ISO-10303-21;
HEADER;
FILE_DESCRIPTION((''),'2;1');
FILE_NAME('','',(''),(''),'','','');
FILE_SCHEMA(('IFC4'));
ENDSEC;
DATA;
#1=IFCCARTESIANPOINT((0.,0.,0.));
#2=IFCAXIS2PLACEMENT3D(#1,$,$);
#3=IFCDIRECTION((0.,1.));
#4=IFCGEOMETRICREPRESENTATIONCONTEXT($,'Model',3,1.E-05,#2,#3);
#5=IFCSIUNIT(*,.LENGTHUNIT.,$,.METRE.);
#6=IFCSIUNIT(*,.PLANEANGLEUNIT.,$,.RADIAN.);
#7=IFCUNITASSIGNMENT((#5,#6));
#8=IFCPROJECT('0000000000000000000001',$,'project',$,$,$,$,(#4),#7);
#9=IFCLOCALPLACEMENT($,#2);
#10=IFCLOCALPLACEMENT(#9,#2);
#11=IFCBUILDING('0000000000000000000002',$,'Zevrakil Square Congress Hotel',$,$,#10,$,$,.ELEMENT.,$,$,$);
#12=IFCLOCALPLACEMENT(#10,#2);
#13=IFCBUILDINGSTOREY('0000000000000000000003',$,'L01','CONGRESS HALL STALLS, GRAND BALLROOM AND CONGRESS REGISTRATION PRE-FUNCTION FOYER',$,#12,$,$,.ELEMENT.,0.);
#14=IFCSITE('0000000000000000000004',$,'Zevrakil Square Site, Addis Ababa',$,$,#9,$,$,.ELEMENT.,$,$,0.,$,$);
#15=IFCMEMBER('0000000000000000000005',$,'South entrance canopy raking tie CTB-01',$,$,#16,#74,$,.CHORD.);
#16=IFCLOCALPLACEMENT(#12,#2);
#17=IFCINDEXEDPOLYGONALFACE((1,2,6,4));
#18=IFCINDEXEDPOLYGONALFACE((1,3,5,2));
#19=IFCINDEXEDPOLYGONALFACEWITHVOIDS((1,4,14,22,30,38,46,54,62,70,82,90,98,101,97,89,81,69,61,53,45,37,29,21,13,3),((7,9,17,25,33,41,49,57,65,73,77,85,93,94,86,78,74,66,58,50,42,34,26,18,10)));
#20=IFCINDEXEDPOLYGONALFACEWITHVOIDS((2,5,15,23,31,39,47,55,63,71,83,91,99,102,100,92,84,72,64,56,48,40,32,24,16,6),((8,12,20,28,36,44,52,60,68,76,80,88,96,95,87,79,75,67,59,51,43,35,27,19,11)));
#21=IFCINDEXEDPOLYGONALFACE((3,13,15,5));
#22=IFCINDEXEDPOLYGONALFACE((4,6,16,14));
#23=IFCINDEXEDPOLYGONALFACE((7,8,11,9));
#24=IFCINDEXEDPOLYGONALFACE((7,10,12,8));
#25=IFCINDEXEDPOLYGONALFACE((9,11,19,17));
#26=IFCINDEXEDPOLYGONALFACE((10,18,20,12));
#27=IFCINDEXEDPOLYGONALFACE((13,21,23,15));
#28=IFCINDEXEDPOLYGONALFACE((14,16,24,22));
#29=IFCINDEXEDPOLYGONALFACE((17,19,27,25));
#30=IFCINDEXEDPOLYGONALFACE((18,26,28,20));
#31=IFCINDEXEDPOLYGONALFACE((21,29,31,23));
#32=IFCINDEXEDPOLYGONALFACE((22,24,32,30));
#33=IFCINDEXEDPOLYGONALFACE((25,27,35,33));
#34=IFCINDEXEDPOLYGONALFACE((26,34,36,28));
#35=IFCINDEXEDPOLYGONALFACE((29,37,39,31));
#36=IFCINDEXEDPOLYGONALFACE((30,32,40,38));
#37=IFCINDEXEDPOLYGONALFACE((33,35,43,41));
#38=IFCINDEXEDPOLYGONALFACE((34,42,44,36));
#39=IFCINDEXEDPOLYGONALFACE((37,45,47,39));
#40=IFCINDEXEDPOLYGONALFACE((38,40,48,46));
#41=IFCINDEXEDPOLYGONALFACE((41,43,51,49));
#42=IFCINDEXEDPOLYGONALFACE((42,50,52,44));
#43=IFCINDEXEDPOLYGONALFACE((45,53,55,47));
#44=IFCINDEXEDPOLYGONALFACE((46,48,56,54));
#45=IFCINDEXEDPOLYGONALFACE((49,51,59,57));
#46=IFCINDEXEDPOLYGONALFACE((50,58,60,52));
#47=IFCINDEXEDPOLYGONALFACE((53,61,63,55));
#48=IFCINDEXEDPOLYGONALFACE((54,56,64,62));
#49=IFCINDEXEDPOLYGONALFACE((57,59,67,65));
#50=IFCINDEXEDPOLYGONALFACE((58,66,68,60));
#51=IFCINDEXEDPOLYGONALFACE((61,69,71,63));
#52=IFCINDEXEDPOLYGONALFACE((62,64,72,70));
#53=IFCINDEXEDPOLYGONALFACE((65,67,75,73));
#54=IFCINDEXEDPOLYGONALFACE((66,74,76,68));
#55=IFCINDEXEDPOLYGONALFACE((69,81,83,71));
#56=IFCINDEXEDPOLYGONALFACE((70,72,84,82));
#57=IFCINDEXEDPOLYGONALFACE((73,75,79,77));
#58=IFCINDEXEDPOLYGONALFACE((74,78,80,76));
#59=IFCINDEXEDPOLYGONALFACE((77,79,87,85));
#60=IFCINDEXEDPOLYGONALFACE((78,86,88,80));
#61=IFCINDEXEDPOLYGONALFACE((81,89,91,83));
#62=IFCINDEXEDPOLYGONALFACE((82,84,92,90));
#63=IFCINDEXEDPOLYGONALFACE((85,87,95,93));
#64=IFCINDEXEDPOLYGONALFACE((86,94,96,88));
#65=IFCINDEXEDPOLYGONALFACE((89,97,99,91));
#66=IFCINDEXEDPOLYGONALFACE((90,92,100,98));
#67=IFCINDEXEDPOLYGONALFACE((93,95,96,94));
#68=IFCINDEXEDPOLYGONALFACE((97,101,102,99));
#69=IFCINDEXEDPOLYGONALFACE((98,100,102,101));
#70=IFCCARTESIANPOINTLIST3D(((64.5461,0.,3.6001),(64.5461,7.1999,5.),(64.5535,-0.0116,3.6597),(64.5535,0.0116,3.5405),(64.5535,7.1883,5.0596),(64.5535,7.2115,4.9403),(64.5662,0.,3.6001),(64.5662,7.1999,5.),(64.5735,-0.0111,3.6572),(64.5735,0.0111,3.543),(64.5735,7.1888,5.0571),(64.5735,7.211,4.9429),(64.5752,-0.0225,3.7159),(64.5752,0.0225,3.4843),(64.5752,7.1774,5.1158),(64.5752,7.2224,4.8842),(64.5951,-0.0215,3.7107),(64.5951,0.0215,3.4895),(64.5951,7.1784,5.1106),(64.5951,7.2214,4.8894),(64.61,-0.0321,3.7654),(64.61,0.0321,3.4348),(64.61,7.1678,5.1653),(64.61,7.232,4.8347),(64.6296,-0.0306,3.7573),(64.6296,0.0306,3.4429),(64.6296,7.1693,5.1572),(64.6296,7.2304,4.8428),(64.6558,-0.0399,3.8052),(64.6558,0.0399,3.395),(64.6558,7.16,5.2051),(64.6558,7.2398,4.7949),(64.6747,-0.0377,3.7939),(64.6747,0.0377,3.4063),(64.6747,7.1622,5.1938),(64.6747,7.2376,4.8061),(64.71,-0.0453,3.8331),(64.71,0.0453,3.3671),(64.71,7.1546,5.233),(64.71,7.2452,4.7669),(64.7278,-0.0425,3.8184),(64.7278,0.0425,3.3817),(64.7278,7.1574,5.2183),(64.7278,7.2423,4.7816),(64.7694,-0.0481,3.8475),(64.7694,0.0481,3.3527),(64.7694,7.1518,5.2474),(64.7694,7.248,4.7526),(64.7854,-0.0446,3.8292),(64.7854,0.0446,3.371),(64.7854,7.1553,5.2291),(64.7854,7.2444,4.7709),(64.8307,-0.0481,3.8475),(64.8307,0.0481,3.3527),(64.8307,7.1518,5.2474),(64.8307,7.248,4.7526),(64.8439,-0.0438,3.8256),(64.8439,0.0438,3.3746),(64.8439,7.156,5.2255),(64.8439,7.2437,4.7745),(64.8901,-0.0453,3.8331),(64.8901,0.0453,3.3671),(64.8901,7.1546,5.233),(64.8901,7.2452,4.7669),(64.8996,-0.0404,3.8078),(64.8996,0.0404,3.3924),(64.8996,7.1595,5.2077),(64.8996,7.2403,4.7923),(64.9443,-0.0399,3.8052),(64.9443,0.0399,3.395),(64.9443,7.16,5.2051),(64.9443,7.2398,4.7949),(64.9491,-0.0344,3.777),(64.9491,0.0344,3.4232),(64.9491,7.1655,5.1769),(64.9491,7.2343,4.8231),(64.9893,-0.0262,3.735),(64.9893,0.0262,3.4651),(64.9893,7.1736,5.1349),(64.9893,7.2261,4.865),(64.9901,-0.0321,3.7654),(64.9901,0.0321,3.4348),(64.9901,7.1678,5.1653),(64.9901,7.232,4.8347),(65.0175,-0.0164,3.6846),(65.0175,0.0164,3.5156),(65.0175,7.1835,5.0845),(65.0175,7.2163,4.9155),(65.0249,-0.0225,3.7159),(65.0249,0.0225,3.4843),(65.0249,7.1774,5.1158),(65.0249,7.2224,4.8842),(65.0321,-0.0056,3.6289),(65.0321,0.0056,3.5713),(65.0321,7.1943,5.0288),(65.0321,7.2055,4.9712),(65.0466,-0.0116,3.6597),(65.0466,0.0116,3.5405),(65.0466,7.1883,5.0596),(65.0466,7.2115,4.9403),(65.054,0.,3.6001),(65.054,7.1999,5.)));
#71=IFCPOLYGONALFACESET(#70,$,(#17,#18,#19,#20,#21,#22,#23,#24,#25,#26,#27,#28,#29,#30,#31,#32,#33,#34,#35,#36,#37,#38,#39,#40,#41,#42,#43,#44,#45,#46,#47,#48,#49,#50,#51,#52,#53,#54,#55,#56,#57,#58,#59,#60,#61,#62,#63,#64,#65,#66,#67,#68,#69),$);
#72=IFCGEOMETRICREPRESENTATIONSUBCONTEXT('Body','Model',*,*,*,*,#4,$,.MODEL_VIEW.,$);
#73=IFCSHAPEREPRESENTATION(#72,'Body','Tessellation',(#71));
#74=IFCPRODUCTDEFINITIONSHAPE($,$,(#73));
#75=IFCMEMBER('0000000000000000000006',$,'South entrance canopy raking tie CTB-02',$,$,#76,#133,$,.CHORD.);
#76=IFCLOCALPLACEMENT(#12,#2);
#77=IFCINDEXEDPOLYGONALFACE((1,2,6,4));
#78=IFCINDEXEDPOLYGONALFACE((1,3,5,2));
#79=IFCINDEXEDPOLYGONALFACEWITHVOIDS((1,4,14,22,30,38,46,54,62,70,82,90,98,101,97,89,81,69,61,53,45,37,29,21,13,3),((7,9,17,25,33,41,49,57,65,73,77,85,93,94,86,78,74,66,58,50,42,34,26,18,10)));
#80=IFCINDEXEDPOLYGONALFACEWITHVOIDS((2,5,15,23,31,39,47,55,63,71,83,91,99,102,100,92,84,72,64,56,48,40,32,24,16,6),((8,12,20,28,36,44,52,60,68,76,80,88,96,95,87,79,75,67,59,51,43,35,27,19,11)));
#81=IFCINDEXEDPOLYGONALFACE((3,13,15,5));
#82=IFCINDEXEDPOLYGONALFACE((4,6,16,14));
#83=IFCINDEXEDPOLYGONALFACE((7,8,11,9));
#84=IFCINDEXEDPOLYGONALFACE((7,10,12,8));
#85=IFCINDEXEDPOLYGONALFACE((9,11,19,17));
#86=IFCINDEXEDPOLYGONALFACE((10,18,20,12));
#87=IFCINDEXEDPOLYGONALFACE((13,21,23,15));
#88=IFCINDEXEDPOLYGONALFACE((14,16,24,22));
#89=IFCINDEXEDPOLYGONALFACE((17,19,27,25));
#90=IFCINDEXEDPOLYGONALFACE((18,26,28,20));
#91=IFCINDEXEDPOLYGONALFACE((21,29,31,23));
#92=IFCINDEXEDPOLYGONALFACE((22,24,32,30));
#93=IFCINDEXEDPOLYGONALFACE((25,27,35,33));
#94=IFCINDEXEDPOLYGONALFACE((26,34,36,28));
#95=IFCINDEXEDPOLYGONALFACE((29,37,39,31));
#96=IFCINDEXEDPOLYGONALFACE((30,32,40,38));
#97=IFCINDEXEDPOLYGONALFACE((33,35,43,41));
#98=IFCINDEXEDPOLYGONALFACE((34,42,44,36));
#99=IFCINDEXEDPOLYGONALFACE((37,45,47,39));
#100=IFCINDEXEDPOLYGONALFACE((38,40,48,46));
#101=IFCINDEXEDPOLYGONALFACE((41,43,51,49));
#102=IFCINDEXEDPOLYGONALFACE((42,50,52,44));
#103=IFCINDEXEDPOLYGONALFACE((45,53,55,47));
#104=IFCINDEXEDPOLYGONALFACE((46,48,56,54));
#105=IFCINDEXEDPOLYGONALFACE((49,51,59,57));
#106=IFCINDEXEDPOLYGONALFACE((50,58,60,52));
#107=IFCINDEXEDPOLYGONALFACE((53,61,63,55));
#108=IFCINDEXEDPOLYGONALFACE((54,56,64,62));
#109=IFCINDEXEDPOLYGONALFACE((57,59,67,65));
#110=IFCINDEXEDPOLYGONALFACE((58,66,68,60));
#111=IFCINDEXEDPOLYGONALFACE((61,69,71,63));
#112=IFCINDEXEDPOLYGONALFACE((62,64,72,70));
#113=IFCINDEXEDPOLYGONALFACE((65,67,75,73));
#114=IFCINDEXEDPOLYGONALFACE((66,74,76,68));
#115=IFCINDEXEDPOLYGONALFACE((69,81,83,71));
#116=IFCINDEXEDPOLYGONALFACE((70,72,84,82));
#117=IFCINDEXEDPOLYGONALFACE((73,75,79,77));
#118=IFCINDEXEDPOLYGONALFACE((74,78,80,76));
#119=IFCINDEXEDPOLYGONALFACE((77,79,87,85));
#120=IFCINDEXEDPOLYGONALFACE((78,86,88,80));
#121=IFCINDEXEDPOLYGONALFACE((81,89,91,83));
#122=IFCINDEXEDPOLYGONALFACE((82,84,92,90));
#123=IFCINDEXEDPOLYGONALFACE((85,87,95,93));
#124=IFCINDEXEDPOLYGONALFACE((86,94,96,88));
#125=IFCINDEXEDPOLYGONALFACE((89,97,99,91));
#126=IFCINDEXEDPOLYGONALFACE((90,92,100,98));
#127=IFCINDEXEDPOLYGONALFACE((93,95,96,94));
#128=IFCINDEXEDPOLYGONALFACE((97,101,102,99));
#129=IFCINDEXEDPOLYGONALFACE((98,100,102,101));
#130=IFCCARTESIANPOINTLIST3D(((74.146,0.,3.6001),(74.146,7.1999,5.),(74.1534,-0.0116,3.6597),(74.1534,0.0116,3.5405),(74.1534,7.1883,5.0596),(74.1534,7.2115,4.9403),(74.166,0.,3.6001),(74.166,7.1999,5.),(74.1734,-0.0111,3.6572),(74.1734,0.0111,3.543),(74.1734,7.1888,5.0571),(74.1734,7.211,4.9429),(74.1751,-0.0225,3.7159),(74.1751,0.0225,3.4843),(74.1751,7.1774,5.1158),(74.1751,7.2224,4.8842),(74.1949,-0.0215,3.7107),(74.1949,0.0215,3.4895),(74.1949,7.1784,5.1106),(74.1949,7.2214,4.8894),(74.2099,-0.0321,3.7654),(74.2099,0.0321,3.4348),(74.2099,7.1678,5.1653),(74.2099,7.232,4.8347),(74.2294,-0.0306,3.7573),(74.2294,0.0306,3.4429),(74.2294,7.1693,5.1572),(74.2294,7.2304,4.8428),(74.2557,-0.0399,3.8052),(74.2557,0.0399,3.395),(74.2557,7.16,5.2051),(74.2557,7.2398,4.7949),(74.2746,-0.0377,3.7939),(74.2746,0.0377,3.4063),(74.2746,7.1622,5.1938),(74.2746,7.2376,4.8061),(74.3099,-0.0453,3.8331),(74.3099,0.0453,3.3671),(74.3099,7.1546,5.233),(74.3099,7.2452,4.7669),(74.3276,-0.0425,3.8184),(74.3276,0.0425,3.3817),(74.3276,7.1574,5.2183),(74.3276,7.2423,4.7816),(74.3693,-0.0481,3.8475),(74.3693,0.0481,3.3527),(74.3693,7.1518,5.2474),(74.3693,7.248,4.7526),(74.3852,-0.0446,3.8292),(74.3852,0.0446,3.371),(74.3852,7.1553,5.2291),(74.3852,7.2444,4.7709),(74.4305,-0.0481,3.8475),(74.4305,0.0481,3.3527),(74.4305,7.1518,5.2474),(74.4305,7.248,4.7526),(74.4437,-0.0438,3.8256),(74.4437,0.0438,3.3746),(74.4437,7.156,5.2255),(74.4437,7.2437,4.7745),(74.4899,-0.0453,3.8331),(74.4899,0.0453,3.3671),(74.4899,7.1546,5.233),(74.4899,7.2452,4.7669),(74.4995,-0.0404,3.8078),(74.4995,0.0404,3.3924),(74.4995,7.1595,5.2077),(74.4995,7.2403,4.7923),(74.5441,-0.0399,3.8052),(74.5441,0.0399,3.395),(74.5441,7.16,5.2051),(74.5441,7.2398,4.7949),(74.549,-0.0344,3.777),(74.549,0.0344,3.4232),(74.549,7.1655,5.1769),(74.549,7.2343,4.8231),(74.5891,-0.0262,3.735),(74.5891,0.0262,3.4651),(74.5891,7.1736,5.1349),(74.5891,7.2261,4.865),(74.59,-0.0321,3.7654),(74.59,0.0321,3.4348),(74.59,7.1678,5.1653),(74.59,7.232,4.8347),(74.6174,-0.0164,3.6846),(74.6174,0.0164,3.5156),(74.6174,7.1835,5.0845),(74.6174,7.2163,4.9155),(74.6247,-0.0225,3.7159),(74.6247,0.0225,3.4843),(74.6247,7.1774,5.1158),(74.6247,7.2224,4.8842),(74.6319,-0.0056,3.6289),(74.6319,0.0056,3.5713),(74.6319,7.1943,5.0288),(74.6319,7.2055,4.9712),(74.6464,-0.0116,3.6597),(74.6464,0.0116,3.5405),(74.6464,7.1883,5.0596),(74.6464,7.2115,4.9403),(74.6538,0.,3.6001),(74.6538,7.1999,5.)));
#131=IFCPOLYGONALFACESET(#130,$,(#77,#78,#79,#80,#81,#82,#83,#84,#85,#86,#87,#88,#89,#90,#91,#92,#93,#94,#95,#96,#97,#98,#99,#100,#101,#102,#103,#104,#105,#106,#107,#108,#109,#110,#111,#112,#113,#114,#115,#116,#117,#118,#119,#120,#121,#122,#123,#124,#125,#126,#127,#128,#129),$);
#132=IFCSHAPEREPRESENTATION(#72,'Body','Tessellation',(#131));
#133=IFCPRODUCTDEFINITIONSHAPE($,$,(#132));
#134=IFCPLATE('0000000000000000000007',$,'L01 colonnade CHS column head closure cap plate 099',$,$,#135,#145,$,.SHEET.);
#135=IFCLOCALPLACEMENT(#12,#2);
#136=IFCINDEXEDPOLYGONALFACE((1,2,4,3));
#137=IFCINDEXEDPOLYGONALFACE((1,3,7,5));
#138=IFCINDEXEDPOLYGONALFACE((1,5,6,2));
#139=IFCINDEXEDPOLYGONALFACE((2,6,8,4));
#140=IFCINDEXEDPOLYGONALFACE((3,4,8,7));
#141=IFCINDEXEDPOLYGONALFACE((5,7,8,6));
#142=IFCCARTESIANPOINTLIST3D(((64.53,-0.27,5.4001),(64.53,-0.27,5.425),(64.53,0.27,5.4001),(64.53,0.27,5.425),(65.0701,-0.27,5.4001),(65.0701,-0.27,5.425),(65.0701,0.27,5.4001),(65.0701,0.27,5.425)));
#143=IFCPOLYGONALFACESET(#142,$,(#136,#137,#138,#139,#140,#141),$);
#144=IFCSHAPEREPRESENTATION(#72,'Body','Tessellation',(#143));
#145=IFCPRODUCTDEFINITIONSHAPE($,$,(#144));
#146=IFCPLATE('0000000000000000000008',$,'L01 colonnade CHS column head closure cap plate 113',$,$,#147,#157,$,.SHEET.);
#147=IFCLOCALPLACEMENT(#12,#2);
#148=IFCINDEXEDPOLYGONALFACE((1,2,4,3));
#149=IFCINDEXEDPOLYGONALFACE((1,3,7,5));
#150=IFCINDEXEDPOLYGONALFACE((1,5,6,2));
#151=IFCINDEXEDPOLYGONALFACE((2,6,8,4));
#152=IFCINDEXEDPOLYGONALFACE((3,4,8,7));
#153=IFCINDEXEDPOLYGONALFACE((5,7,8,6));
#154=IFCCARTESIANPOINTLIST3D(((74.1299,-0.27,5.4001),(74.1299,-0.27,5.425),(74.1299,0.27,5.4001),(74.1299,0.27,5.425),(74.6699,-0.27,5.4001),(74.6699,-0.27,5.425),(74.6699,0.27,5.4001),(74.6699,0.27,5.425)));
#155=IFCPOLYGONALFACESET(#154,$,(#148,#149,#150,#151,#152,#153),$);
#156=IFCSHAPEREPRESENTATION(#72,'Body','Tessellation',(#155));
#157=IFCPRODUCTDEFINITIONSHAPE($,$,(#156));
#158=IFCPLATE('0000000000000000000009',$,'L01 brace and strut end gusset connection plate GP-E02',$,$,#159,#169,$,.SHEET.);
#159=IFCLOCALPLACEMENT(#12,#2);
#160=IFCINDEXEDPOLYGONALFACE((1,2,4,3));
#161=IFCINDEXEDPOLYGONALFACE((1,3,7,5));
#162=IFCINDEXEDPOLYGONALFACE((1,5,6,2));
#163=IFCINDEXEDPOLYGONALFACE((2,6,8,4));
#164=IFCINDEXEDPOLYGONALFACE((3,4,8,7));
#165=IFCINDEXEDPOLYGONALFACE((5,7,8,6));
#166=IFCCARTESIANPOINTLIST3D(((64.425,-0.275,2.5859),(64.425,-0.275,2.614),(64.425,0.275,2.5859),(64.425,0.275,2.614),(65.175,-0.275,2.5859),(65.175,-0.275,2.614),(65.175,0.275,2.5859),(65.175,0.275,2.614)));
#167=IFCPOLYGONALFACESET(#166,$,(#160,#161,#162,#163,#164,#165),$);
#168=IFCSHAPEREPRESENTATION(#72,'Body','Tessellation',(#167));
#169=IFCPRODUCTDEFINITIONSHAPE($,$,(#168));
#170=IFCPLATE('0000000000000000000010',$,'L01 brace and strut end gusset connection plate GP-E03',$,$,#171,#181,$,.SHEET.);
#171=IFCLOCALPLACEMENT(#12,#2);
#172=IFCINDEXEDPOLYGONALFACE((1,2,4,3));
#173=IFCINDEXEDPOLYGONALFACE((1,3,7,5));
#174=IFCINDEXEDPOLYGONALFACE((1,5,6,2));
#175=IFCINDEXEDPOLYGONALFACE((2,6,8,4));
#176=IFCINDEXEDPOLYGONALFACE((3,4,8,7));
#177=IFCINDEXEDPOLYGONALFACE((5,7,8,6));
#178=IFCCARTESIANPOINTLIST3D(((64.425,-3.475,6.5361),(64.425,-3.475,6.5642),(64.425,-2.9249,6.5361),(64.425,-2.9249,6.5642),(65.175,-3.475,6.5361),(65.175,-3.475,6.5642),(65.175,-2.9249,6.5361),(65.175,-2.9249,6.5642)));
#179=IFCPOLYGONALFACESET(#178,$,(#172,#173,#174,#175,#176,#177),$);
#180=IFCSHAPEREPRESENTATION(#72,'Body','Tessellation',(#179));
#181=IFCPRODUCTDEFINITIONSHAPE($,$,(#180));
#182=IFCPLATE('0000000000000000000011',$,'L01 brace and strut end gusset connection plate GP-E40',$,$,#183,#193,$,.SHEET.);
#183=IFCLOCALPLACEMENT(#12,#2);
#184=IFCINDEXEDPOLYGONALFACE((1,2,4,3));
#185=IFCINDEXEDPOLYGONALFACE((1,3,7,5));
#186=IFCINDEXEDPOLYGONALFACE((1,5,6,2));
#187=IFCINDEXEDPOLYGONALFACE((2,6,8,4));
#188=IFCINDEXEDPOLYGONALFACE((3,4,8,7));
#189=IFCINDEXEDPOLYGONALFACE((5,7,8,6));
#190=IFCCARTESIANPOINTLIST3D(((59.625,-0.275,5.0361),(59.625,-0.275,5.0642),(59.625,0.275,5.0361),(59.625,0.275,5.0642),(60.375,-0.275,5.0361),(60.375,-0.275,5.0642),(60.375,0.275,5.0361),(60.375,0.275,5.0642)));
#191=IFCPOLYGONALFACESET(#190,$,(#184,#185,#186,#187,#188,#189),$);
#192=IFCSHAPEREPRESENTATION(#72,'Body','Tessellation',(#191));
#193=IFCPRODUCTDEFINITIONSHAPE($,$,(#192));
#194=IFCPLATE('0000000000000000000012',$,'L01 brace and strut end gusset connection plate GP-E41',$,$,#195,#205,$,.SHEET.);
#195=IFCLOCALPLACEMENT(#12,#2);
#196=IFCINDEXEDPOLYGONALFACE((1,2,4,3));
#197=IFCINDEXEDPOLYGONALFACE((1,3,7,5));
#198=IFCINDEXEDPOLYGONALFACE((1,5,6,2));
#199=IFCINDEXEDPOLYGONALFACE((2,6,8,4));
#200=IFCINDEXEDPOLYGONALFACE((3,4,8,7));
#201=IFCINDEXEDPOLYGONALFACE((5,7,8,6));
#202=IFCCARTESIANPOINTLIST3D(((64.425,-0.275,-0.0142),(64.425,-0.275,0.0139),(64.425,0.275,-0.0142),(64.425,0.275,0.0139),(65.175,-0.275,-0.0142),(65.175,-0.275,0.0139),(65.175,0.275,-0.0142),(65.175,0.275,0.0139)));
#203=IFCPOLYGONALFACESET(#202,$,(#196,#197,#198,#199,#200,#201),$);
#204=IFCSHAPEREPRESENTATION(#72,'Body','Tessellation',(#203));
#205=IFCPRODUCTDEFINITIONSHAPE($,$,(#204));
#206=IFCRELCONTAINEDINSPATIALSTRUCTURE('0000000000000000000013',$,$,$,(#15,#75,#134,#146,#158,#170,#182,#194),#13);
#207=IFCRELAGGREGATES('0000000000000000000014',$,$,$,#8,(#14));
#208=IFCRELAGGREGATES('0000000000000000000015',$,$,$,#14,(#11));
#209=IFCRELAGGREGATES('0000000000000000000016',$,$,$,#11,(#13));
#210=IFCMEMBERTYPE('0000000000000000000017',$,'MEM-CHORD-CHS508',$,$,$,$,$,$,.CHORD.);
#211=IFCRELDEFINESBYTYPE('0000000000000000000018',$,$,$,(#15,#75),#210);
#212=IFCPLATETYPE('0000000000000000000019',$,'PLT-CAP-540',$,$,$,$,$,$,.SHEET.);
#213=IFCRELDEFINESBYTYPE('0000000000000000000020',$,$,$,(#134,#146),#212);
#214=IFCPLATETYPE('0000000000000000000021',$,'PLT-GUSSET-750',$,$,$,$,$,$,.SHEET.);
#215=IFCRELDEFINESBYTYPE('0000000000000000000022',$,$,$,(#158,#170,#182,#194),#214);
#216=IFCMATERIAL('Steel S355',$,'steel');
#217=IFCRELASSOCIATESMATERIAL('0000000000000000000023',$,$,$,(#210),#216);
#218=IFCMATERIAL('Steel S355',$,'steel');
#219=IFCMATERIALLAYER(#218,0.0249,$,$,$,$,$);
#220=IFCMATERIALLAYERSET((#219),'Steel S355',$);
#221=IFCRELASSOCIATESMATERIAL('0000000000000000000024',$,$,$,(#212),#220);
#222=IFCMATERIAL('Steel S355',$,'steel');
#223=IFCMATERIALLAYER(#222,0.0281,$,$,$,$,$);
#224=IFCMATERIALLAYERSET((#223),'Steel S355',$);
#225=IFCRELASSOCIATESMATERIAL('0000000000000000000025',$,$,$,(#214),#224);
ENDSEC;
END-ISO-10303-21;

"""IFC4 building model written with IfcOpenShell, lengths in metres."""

from ifc_helpers import new_model, si_unit, direction, frame, origin, origin_2d, place, context, subcontext, project, spatial, rectangle, hollow_circle, extrude, material, layer, layer_set, material_profile, profile_set, type_object, element, save


model = new_model("IFC4")

# Units and contexts
model_context = context("Model", 3, precision=1e-05, world=origin(), true_north=direction((0.0, 1.0)))
body_context = subcontext(model_context, "Body", "Model", "MODEL_VIEW")
ifc_project = project(units=[si_unit("LENGTHUNIT", "METRE"), si_unit("PLANEANGLEUNIT", "RADIAN")], contexts=[model_context])

# Site, building, storey
site_placement = place(None, origin())
site = spatial("IfcSite", under=ifc_project, at=site_placement, Name="Zevrakil Square Site, Addis Ababa", CompositionType="ELEMENT", RefElevation=0.0)
building_placement = place(site_placement, origin())
building = spatial("IfcBuilding", under=site, at=building_placement, Name="Zevrakil Square Congress Hotel", CompositionType="ELEMENT")
storey_placement = place(building_placement, origin())
storey = spatial("IfcBuildingStorey", under=building, at=storey_placement, Name="L01", Description="CONGRESS HALL STALLS, GRAND BALLROOM AND CONGRESS REGISTRATION PRE-FUNCTION FOYER", CompositionType="ELEMENT", Elevation=0.0)

# Members
ifc_material_1 = material(Name="Steel S355", Category="steel")
ifc_material_profile_1 = material_profile(ifc_material_1, hollow_circle(Radius=0.2539, WallThickness=0.02, at=origin_2d()), Name="CHS 508x20")
ifc_profile_set_1 = profile_set([ifc_material_profile_1], Name="Steel S355")
member_type_1 = type_object("IfcMemberType", Name="MEM-CHORD-CHS508", PredefinedType="CHORD", material=ifc_profile_set_1)
for number, where, z_axis, x_axis, name in (
    (1, (64.8, 0.0, 3.6001), (0.0, 0.981618, 0.190858), (-1.0, 0.0, 0.0), "South entrance canopy raking tie CTB-01"),
    (2, (74.3999, 0.0, 3.6001), (0.0, 0.981618, 0.190858), (-1.0, 0.0, 0.0), "South entrance canopy raking tie CTB-02"),
):
    element("IfcMember", number, at=place(storey_placement, frame(where, z_axis=z_axis, x_axis=x_axis)), inside=storey, type_object=member_type_1, Name=name, PredefinedType="CHORD", context=body_context, shape_type="SweptSolid", body=[
        extrude(hollow_circle(Radius=0.2539, WallThickness=0.02, at=origin_2d()), origin(), (0.0, 0.0, 1.0), 7.3347),
    ])

# Plates
ifc_material_2 = material(Name="Steel S355", Category="steel")
ifc_layer_1 = layer(ifc_material_2, 0.0249)
ifc_layer_set_1 = layer_set([ifc_layer_1], Name="Steel S355")
plate_type_1 = type_object("IfcPlateType", Name="PLT-CAP-540", PredefinedType="SHEET", material=ifc_layer_set_1)
for number, where, z_axis, x_axis, name in (
    (3, (64.8, 0.0, 5.4001), (0.0, 0.0, 1.0), (1.0, 0.0, 0.0), "L01 colonnade CHS column head closure cap plate 099"),
    (4, (74.3999, 0.0, 5.4001), (0.0, 0.0, 1.0), (1.0, 0.0, 0.0), "L01 colonnade CHS column head closure cap plate 113"),
):
    element("IfcPlate", number, at=place(storey_placement, frame(where, z_axis=z_axis, x_axis=x_axis)), inside=storey, type_object=plate_type_1, Name=name, PredefinedType="SHEET", context=body_context, shape_type="SweptSolid", body=[
        extrude(rectangle(XDim=0.54, YDim=0.54, at=origin_2d()), origin(), (0.0, 0.0, 1.0), 0.0249),
    ])
ifc_material_3 = material(Name="Steel S355", Category="steel")
ifc_layer_2 = layer(ifc_material_3, 0.0281)
ifc_layer_set_2 = layer_set([ifc_layer_2], Name="Steel S355")
plate_type_2 = type_object("IfcPlateType", Name="PLT-GUSSET-750", PredefinedType="SHEET", material=ifc_layer_set_2)
for number, where, z_axis, x_axis, name in (
    (5, (64.8, 0.0, 2.5859), (0.0, 0.0, 1.0), (1.0, 0.0, 0.0), "L01 brace and strut end gusset connection plate GP-E02"),
    (6, (64.8, -3.2, 6.5361), (0.0, 0.0, 1.0), (1.0, 0.0, 0.0), "L01 brace and strut end gusset connection plate GP-E03"),
    (7, (60.0, 0.0, 5.0361), (0.0, 0.0, 1.0), (1.0, 0.0, 0.0), "L01 brace and strut end gusset connection plate GP-E40"),
    (8, (64.8, 0.0, -0.0142), (0.0, 0.0, 1.0), (1.0, 0.0, 0.0), "L01 brace and strut end gusset connection plate GP-E41"),
):
    element("IfcPlate", number, at=place(storey_placement, frame(where, z_axis=z_axis, x_axis=x_axis)), inside=storey, type_object=plate_type_2, Name=name, PredefinedType="SHEET", context=body_context, shape_type="SweptSolid", body=[
        extrude(rectangle(XDim=0.75, YDim=0.55, at=origin_2d()), origin(), (0.0, 0.0, 1.0), 0.0281),
    ])

save(model, "model.ifc")
